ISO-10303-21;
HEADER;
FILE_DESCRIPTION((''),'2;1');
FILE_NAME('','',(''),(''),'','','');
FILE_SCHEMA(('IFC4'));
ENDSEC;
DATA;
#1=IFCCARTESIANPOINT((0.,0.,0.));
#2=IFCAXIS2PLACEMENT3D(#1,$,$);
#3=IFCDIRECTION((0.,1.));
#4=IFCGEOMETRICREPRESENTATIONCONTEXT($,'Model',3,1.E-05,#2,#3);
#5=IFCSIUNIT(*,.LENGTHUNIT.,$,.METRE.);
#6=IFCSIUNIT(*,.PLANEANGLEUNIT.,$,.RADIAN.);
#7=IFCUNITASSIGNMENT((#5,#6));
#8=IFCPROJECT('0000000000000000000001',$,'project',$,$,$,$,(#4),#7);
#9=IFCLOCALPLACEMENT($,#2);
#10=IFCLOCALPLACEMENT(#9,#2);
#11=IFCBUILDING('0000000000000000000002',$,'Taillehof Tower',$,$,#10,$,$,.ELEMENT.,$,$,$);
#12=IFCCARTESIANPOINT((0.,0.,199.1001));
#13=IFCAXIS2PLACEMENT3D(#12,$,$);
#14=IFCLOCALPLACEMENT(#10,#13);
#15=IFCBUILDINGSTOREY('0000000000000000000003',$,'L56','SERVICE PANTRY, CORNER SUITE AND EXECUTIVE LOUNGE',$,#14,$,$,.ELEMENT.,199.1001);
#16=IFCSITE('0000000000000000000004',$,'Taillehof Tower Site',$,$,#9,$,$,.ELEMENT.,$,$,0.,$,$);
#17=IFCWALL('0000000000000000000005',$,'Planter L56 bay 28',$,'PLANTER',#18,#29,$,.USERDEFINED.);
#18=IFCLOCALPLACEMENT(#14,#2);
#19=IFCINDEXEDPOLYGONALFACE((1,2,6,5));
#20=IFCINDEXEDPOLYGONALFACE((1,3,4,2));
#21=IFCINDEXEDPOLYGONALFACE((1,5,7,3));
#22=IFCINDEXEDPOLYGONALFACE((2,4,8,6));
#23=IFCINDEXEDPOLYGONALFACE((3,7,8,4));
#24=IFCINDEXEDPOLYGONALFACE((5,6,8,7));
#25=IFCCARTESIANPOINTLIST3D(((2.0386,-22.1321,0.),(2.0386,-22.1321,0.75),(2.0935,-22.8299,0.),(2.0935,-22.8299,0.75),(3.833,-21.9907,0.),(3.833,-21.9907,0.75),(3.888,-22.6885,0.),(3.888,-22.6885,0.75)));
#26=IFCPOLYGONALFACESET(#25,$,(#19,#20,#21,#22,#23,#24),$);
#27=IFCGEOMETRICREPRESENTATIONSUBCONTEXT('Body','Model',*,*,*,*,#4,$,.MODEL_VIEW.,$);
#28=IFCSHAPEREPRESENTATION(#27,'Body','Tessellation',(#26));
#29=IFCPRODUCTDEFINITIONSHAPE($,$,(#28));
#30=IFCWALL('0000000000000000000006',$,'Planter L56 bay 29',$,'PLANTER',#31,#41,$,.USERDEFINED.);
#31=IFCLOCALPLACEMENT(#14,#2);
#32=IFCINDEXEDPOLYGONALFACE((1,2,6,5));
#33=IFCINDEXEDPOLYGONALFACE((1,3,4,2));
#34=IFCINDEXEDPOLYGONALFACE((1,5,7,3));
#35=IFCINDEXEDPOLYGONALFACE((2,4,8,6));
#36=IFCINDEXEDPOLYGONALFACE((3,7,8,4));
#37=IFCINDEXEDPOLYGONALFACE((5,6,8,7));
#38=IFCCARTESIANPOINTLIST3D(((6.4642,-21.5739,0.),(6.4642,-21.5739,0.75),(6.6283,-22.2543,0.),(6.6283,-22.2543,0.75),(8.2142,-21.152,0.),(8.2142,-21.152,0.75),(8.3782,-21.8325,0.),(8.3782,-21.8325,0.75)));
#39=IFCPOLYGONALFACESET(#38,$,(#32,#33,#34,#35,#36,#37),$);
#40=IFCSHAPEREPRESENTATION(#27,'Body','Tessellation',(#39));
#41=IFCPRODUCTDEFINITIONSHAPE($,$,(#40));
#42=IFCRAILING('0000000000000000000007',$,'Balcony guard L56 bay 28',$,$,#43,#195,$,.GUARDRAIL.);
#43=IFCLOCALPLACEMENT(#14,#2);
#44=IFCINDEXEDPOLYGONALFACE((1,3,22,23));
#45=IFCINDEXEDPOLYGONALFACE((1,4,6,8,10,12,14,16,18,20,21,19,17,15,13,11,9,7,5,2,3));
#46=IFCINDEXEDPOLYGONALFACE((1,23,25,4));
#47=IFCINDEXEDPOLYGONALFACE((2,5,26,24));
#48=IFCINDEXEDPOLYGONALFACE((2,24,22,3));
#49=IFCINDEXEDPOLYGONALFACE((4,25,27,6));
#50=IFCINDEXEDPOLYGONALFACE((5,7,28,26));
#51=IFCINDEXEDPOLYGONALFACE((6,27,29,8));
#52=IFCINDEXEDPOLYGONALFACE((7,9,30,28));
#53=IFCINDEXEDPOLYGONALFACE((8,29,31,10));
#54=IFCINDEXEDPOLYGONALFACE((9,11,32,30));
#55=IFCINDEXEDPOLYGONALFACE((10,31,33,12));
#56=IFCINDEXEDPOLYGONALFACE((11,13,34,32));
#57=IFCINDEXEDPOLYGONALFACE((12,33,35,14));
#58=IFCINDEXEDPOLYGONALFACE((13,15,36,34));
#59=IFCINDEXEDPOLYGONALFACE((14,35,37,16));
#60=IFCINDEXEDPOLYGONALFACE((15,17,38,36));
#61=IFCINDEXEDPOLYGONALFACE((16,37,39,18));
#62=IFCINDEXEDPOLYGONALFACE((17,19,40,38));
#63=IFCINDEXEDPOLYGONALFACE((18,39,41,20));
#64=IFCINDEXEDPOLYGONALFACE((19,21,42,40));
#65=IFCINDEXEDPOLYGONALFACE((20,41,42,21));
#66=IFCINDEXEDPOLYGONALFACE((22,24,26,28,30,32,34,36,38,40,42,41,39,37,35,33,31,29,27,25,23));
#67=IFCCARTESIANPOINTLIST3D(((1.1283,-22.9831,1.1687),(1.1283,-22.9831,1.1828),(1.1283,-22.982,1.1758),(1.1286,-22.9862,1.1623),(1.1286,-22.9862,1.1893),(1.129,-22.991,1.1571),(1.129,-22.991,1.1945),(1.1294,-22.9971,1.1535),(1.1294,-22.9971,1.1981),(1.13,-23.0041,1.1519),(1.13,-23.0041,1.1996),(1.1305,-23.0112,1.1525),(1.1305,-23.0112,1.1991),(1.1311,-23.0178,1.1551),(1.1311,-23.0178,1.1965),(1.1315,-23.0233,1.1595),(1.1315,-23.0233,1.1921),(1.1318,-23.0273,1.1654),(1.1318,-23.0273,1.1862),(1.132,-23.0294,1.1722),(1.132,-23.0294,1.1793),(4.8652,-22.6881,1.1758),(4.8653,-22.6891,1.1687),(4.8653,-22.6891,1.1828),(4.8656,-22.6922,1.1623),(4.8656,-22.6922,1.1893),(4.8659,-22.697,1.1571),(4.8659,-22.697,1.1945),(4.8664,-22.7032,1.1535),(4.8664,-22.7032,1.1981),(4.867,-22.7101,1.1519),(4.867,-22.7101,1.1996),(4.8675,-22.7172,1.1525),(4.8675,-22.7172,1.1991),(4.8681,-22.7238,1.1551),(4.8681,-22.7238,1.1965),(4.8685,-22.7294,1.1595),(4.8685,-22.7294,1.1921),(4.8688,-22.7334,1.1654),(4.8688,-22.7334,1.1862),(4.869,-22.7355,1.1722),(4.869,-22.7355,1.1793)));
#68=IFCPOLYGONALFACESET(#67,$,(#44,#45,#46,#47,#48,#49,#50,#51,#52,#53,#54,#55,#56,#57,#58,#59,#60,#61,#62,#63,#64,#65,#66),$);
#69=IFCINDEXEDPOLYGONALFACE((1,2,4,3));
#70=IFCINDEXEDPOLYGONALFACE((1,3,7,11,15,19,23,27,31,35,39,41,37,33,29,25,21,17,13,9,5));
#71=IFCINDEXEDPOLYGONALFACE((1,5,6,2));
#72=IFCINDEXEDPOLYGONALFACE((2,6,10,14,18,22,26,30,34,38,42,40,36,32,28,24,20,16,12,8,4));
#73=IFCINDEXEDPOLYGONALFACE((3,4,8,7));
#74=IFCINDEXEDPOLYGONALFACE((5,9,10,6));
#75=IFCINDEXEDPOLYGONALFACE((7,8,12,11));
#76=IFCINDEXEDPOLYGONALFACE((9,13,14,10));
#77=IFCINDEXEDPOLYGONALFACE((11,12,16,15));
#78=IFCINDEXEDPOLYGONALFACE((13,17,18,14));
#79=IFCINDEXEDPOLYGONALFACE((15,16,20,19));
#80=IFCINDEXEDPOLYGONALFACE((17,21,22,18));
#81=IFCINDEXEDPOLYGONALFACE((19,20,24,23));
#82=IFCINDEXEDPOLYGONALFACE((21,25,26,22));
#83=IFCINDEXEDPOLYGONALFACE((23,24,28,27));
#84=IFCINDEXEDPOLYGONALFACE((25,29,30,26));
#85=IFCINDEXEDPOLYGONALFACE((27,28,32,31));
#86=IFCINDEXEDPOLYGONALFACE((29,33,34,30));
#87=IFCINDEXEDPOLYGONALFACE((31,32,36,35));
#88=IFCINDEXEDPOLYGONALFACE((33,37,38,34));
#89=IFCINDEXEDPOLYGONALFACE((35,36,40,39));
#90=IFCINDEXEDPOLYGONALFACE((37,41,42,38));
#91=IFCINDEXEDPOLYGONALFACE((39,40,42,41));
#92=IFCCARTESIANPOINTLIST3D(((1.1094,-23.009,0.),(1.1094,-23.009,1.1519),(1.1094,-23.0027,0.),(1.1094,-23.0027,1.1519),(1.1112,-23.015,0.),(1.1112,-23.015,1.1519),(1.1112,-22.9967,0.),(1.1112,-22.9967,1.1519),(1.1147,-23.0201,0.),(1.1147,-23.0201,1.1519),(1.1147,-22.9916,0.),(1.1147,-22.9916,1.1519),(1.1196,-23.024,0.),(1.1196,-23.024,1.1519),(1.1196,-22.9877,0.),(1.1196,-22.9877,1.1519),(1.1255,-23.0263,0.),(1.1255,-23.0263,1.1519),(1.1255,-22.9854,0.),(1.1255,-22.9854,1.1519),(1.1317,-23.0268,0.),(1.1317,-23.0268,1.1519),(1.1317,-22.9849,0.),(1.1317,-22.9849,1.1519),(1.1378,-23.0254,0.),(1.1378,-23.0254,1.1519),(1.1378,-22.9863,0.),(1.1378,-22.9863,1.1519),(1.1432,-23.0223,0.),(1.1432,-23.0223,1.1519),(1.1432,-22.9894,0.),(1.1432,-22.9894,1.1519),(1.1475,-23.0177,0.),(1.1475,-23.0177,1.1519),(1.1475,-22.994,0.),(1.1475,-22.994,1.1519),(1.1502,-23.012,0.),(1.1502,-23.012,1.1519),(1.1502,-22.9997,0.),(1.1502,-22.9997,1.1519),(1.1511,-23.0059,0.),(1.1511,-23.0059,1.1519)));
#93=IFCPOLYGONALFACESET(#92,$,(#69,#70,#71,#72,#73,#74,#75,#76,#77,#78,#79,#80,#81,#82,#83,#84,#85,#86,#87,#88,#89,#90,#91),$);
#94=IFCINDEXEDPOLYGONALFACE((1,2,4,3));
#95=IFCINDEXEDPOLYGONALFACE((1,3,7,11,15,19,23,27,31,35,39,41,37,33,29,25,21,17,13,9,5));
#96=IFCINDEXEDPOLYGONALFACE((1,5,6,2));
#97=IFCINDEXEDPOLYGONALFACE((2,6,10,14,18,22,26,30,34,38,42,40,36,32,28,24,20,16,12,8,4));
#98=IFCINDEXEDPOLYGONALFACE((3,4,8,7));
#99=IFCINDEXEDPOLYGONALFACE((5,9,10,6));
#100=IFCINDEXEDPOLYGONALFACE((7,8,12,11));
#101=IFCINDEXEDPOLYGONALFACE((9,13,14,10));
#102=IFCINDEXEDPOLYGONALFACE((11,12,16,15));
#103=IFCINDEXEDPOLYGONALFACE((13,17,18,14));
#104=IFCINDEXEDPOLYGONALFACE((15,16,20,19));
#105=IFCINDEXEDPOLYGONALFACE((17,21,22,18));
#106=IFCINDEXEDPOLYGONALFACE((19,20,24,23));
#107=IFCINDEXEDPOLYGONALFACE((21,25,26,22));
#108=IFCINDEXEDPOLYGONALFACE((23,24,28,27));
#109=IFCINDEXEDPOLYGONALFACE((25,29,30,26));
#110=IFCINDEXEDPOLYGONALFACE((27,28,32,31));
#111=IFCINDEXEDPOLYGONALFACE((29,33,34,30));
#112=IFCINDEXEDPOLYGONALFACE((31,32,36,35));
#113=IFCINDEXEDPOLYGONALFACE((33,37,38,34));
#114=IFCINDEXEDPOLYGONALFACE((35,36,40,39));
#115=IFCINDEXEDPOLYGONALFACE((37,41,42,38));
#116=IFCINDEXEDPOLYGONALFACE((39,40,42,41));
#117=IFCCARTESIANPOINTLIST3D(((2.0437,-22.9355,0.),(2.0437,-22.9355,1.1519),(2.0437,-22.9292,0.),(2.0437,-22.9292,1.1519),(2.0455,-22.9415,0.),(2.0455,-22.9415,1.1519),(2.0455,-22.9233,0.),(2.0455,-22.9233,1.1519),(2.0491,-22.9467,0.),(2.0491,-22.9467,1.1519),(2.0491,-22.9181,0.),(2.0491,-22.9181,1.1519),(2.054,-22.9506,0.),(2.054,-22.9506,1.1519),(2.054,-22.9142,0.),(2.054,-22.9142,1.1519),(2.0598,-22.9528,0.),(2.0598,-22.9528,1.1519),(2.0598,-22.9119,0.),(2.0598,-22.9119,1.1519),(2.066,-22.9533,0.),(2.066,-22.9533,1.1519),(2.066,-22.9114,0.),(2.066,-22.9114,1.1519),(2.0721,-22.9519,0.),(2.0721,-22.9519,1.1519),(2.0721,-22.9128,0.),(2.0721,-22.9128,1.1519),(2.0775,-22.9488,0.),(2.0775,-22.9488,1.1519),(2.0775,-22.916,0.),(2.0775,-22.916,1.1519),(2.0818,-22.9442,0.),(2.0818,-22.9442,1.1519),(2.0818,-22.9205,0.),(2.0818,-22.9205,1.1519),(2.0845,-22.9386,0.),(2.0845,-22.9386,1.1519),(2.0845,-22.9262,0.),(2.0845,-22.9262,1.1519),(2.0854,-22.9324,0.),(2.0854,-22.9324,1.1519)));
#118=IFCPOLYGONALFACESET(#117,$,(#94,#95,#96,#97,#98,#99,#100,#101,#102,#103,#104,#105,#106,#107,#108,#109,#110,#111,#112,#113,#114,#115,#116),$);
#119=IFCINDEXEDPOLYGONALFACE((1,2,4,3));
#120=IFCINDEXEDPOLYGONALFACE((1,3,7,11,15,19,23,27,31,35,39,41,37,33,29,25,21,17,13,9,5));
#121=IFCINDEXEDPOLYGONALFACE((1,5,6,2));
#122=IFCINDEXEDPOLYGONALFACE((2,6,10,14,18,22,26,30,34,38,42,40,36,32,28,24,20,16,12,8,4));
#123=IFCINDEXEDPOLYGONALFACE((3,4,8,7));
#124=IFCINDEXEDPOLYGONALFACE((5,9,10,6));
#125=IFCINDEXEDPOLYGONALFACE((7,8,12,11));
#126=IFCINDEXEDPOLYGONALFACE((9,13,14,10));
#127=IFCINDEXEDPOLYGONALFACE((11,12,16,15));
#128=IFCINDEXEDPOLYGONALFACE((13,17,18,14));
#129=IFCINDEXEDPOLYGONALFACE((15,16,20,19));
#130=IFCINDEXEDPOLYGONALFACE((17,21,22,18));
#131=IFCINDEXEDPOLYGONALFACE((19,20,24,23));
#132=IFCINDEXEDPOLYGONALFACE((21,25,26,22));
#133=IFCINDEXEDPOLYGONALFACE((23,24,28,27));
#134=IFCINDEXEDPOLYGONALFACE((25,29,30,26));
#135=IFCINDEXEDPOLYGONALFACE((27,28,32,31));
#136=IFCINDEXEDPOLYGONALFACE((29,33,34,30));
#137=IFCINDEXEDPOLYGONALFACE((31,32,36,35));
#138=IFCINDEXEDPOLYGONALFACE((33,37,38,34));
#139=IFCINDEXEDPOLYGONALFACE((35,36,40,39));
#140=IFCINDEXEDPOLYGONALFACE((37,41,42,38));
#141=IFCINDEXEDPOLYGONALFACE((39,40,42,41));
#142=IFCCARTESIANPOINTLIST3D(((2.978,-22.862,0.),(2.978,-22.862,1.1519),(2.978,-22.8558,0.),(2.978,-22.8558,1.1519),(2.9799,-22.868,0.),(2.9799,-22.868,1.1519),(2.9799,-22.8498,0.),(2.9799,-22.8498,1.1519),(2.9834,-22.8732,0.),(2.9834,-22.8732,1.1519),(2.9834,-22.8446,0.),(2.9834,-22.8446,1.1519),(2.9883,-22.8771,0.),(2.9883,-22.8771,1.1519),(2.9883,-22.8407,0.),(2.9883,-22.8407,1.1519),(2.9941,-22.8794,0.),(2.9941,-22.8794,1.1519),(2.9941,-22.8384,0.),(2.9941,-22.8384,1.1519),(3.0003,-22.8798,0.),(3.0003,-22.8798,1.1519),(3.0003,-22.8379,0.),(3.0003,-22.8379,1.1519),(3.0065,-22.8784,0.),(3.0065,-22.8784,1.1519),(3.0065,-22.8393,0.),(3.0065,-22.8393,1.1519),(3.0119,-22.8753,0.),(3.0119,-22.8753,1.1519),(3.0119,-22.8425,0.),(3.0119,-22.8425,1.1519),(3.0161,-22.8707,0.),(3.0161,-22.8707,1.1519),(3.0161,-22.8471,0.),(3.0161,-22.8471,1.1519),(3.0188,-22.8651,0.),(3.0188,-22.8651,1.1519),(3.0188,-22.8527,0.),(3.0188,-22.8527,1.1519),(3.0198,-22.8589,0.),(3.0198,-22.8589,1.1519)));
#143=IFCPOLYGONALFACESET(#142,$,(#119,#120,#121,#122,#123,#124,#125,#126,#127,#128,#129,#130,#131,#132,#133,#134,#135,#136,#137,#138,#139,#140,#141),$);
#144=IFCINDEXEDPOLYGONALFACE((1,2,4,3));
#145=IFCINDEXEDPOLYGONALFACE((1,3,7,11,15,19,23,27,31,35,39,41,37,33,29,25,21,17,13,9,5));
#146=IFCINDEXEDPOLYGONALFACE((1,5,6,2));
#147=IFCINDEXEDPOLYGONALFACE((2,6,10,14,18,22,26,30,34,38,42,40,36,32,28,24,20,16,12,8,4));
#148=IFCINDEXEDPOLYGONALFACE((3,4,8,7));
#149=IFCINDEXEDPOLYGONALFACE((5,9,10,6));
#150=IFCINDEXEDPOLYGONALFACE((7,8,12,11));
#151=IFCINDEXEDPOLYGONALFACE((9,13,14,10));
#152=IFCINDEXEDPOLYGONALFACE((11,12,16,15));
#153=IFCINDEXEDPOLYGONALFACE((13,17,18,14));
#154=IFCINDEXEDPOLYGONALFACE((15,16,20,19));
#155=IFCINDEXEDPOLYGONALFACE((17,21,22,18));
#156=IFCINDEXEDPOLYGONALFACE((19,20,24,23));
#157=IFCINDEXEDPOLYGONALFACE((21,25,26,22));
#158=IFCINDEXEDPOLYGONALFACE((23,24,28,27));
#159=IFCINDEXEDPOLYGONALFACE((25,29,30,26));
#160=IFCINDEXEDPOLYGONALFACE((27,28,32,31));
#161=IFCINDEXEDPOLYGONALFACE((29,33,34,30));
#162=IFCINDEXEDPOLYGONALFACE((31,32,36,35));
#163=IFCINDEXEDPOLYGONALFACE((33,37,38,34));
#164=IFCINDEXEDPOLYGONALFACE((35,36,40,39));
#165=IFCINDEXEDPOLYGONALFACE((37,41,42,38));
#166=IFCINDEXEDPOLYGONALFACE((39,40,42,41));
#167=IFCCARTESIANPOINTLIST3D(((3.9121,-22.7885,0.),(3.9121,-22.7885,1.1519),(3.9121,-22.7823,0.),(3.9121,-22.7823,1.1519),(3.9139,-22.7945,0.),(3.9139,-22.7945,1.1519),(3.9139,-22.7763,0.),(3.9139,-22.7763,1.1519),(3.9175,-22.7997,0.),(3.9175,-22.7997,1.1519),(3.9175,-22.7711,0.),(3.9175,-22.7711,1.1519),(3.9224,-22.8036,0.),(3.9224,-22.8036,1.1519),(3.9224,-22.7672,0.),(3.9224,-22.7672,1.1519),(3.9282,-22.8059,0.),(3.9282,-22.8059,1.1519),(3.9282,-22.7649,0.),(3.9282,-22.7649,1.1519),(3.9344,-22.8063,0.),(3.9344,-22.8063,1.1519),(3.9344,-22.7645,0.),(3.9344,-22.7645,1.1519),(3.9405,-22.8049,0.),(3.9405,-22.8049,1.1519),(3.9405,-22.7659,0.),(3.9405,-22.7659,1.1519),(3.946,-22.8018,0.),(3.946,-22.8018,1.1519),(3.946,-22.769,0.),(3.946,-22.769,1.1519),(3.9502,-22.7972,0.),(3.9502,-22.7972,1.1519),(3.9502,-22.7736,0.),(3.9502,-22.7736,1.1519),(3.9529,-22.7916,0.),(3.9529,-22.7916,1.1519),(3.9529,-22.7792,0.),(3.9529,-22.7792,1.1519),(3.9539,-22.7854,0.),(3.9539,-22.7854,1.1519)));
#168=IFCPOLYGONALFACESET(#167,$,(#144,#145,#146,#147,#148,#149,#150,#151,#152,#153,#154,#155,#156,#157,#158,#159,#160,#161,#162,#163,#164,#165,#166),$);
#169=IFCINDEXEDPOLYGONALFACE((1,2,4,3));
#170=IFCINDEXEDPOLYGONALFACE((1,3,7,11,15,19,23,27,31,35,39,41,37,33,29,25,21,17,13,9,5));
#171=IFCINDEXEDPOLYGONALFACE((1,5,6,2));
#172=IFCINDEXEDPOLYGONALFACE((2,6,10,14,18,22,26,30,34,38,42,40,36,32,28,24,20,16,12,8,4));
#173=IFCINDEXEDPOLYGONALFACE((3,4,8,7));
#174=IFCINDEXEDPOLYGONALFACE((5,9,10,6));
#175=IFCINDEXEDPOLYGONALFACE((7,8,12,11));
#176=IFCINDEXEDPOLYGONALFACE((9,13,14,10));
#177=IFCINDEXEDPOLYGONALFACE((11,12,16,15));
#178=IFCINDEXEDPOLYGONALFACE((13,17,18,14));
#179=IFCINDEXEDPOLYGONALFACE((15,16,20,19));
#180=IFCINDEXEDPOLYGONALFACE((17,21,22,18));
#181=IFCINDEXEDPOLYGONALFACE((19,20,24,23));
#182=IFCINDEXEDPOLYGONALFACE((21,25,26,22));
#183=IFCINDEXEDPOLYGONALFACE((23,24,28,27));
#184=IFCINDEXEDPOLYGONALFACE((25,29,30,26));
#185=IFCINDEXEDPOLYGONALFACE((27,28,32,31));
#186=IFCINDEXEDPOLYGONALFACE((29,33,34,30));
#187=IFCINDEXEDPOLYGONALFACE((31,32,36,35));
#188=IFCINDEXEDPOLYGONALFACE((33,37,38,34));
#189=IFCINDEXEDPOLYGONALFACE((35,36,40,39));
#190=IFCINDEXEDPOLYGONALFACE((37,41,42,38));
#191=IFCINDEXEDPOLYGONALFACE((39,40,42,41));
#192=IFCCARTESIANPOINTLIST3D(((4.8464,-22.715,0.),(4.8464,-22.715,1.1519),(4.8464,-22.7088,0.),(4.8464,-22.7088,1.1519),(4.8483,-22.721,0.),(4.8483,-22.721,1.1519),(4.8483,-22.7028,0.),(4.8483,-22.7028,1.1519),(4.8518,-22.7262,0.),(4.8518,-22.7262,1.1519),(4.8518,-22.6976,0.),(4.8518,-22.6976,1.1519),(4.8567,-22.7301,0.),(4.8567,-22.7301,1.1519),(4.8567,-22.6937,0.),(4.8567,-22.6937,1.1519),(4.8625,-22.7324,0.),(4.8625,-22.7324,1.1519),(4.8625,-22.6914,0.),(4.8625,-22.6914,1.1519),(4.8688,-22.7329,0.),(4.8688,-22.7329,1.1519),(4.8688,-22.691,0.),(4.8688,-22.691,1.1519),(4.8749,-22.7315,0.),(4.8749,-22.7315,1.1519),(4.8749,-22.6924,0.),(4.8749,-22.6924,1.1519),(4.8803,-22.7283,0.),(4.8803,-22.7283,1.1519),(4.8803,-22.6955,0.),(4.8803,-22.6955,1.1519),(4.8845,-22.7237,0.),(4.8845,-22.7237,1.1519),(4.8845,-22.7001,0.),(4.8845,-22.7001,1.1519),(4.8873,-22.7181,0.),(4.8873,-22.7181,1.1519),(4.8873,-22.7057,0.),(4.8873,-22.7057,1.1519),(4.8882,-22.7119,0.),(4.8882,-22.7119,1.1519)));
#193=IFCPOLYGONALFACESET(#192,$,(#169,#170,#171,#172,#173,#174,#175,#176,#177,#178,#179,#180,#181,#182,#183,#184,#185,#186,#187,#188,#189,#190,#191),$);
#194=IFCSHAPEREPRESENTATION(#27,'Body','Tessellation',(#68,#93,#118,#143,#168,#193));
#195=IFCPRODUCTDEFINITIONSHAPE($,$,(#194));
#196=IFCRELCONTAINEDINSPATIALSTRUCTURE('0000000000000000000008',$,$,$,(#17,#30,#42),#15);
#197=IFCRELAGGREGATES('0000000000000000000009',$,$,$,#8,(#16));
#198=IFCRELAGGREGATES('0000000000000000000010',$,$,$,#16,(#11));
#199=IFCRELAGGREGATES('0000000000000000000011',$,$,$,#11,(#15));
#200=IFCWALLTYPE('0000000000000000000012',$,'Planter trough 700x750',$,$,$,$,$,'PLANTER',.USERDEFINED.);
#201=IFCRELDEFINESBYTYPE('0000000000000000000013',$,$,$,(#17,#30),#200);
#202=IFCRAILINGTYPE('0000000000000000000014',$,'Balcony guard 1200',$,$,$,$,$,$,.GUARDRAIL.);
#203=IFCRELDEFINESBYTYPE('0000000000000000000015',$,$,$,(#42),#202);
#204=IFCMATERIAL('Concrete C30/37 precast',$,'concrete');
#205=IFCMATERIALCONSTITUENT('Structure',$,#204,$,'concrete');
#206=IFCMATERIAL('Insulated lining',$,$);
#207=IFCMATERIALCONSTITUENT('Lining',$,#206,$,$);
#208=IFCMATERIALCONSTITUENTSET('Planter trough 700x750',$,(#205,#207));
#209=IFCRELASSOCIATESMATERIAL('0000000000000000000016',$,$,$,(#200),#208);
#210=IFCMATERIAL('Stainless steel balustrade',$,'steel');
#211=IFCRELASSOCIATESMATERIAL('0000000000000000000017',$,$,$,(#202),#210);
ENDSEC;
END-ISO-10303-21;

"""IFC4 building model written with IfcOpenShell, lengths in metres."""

from ifc_helpers import new_model, si_unit, direction, frame, frame_2d, origin, origin_2d, place, context, subcontext, project, spatial, rectangle, circle, extrude, material, constituent, constituent_set, type_object, element, save


model = new_model("IFC4")

# Units and contexts
model_context = context("Model", 3, precision=1e-05, world=origin(), true_north=direction((0.0, 1.0)))
body_context = subcontext(model_context, "Body", "Model", "MODEL_VIEW")
ifc_project = project(units=[si_unit("LENGTHUNIT", "METRE"), si_unit("PLANEANGLEUNIT", "RADIAN")], contexts=[model_context])

# Site, building, storey
site_placement = place(None, origin())
site = spatial("IfcSite", under=ifc_project, at=site_placement, Name="Taillehof Tower Site", CompositionType="ELEMENT", RefElevation=0.0)
building_placement = place(site_placement, origin())
building = spatial("IfcBuilding", under=site, at=building_placement, Name="Taillehof Tower", CompositionType="ELEMENT")
storey_placement = place(building_placement, frame((0.0, 0.0, 199.1001)))
storey = spatial("IfcBuildingStorey", under=building, at=storey_placement, Name="L56", Description="SERVICE PANTRY, CORNER SUITE AND EXECUTIVE LOUNGE", CompositionType="ELEMENT", Elevation=199.1001)

# Walls
ifc_material_1 = material(Name="Concrete C30/37 precast", Category="concrete")
ifc_constituent_1 = constituent(ifc_material_1, Name="Structure", Category="concrete")
ifc_material_2 = material(Name="Insulated lining")
ifc_constituent_2 = constituent(ifc_material_2, Name="Lining")
ifc_constituent_set = constituent_set(constituents=[ifc_constituent_1, ifc_constituent_2], Name="Planter trough 700x750")
wall_type_1 = type_object("IfcWallType", Name="Planter trough 700x750", ElementType="PLANTER", PredefinedType="USERDEFINED", material=ifc_constituent_set)
for number, where, z_axis, x_axis, name in (
    (1, (2.0662, -22.481, 0.0), (0.0, 0.0, 1.0), (0.996912, 0.078532, 0.0), "Planter L56 bay 28"),
    (2, (6.5464, -21.9141, 0.0), (0.0, 0.0, 1.0), (0.97215, 0.234358, 0.0), "Planter L56 bay 29"),
):
    element("IfcWall", number, at=place(storey_placement, frame(where, z_axis=z_axis, x_axis=x_axis)), inside=storey, type_object=wall_type_1, Name=name, ObjectType="PLANTER", PredefinedType="USERDEFINED", context=body_context, shape_type="SweptSolid", body=[
        extrude(rectangle(XDim=1.8, YDim=0.7, at=frame_2d((0.8999, 0.0))), origin(), (0.0, 0.0, 1.0), 0.75),
    ])

# Railing
ifc_material_3 = material(Name="Stainless steel balustrade", Category="steel")
railing_type = type_object("IfcRailingType", Name="Balcony guard 1200", PredefinedType="GUARDRAIL", material=ifc_material_3)
railing_1_placement = place(storey_placement, frame((1.1301, -23.0059, 0.0)))
element("IfcRailing", 3, at=railing_1_placement, inside=storey, type_object=railing_type, Name="Balcony guard L56 bay 28", PredefinedType="GUARDRAIL", context=body_context, shape_type="SweptSolid", body=[
    extrude(circle(Radius=0.0239, at=origin_2d()), frame((0.0, 0.0, 1.1758), z_axis=(0.996921, 0.078415, 0.0), x_axis=(-0.078415, 0.996921, 0.0)), (0.0, 0.0, 1.0), 3.7485),
    extrude(circle(Radius=0.021, at=origin_2d()), origin(), (0.0, 0.0, 1.0), 1.1519),
    extrude(circle(Radius=0.021, at=origin_2d()), frame((0.9343, 0.0735, 0.0)), (0.0, 0.0, 1.0), 1.1519),
    extrude(circle(Radius=0.021, at=origin_2d()), frame((1.8687, 0.147, 0.0)), (0.0, 0.0, 1.0), 1.1519),
    extrude(circle(Radius=0.021, at=origin_2d()), frame((2.8027, 0.2205, 0.0)), (0.0, 0.0, 1.0), 1.1519),
    extrude(circle(Radius=0.021, at=origin_2d()), frame((3.7371, 0.2939, 0.0)), (0.0, 0.0, 1.0), 1.1519),
])

save(model, "model.ifc")
